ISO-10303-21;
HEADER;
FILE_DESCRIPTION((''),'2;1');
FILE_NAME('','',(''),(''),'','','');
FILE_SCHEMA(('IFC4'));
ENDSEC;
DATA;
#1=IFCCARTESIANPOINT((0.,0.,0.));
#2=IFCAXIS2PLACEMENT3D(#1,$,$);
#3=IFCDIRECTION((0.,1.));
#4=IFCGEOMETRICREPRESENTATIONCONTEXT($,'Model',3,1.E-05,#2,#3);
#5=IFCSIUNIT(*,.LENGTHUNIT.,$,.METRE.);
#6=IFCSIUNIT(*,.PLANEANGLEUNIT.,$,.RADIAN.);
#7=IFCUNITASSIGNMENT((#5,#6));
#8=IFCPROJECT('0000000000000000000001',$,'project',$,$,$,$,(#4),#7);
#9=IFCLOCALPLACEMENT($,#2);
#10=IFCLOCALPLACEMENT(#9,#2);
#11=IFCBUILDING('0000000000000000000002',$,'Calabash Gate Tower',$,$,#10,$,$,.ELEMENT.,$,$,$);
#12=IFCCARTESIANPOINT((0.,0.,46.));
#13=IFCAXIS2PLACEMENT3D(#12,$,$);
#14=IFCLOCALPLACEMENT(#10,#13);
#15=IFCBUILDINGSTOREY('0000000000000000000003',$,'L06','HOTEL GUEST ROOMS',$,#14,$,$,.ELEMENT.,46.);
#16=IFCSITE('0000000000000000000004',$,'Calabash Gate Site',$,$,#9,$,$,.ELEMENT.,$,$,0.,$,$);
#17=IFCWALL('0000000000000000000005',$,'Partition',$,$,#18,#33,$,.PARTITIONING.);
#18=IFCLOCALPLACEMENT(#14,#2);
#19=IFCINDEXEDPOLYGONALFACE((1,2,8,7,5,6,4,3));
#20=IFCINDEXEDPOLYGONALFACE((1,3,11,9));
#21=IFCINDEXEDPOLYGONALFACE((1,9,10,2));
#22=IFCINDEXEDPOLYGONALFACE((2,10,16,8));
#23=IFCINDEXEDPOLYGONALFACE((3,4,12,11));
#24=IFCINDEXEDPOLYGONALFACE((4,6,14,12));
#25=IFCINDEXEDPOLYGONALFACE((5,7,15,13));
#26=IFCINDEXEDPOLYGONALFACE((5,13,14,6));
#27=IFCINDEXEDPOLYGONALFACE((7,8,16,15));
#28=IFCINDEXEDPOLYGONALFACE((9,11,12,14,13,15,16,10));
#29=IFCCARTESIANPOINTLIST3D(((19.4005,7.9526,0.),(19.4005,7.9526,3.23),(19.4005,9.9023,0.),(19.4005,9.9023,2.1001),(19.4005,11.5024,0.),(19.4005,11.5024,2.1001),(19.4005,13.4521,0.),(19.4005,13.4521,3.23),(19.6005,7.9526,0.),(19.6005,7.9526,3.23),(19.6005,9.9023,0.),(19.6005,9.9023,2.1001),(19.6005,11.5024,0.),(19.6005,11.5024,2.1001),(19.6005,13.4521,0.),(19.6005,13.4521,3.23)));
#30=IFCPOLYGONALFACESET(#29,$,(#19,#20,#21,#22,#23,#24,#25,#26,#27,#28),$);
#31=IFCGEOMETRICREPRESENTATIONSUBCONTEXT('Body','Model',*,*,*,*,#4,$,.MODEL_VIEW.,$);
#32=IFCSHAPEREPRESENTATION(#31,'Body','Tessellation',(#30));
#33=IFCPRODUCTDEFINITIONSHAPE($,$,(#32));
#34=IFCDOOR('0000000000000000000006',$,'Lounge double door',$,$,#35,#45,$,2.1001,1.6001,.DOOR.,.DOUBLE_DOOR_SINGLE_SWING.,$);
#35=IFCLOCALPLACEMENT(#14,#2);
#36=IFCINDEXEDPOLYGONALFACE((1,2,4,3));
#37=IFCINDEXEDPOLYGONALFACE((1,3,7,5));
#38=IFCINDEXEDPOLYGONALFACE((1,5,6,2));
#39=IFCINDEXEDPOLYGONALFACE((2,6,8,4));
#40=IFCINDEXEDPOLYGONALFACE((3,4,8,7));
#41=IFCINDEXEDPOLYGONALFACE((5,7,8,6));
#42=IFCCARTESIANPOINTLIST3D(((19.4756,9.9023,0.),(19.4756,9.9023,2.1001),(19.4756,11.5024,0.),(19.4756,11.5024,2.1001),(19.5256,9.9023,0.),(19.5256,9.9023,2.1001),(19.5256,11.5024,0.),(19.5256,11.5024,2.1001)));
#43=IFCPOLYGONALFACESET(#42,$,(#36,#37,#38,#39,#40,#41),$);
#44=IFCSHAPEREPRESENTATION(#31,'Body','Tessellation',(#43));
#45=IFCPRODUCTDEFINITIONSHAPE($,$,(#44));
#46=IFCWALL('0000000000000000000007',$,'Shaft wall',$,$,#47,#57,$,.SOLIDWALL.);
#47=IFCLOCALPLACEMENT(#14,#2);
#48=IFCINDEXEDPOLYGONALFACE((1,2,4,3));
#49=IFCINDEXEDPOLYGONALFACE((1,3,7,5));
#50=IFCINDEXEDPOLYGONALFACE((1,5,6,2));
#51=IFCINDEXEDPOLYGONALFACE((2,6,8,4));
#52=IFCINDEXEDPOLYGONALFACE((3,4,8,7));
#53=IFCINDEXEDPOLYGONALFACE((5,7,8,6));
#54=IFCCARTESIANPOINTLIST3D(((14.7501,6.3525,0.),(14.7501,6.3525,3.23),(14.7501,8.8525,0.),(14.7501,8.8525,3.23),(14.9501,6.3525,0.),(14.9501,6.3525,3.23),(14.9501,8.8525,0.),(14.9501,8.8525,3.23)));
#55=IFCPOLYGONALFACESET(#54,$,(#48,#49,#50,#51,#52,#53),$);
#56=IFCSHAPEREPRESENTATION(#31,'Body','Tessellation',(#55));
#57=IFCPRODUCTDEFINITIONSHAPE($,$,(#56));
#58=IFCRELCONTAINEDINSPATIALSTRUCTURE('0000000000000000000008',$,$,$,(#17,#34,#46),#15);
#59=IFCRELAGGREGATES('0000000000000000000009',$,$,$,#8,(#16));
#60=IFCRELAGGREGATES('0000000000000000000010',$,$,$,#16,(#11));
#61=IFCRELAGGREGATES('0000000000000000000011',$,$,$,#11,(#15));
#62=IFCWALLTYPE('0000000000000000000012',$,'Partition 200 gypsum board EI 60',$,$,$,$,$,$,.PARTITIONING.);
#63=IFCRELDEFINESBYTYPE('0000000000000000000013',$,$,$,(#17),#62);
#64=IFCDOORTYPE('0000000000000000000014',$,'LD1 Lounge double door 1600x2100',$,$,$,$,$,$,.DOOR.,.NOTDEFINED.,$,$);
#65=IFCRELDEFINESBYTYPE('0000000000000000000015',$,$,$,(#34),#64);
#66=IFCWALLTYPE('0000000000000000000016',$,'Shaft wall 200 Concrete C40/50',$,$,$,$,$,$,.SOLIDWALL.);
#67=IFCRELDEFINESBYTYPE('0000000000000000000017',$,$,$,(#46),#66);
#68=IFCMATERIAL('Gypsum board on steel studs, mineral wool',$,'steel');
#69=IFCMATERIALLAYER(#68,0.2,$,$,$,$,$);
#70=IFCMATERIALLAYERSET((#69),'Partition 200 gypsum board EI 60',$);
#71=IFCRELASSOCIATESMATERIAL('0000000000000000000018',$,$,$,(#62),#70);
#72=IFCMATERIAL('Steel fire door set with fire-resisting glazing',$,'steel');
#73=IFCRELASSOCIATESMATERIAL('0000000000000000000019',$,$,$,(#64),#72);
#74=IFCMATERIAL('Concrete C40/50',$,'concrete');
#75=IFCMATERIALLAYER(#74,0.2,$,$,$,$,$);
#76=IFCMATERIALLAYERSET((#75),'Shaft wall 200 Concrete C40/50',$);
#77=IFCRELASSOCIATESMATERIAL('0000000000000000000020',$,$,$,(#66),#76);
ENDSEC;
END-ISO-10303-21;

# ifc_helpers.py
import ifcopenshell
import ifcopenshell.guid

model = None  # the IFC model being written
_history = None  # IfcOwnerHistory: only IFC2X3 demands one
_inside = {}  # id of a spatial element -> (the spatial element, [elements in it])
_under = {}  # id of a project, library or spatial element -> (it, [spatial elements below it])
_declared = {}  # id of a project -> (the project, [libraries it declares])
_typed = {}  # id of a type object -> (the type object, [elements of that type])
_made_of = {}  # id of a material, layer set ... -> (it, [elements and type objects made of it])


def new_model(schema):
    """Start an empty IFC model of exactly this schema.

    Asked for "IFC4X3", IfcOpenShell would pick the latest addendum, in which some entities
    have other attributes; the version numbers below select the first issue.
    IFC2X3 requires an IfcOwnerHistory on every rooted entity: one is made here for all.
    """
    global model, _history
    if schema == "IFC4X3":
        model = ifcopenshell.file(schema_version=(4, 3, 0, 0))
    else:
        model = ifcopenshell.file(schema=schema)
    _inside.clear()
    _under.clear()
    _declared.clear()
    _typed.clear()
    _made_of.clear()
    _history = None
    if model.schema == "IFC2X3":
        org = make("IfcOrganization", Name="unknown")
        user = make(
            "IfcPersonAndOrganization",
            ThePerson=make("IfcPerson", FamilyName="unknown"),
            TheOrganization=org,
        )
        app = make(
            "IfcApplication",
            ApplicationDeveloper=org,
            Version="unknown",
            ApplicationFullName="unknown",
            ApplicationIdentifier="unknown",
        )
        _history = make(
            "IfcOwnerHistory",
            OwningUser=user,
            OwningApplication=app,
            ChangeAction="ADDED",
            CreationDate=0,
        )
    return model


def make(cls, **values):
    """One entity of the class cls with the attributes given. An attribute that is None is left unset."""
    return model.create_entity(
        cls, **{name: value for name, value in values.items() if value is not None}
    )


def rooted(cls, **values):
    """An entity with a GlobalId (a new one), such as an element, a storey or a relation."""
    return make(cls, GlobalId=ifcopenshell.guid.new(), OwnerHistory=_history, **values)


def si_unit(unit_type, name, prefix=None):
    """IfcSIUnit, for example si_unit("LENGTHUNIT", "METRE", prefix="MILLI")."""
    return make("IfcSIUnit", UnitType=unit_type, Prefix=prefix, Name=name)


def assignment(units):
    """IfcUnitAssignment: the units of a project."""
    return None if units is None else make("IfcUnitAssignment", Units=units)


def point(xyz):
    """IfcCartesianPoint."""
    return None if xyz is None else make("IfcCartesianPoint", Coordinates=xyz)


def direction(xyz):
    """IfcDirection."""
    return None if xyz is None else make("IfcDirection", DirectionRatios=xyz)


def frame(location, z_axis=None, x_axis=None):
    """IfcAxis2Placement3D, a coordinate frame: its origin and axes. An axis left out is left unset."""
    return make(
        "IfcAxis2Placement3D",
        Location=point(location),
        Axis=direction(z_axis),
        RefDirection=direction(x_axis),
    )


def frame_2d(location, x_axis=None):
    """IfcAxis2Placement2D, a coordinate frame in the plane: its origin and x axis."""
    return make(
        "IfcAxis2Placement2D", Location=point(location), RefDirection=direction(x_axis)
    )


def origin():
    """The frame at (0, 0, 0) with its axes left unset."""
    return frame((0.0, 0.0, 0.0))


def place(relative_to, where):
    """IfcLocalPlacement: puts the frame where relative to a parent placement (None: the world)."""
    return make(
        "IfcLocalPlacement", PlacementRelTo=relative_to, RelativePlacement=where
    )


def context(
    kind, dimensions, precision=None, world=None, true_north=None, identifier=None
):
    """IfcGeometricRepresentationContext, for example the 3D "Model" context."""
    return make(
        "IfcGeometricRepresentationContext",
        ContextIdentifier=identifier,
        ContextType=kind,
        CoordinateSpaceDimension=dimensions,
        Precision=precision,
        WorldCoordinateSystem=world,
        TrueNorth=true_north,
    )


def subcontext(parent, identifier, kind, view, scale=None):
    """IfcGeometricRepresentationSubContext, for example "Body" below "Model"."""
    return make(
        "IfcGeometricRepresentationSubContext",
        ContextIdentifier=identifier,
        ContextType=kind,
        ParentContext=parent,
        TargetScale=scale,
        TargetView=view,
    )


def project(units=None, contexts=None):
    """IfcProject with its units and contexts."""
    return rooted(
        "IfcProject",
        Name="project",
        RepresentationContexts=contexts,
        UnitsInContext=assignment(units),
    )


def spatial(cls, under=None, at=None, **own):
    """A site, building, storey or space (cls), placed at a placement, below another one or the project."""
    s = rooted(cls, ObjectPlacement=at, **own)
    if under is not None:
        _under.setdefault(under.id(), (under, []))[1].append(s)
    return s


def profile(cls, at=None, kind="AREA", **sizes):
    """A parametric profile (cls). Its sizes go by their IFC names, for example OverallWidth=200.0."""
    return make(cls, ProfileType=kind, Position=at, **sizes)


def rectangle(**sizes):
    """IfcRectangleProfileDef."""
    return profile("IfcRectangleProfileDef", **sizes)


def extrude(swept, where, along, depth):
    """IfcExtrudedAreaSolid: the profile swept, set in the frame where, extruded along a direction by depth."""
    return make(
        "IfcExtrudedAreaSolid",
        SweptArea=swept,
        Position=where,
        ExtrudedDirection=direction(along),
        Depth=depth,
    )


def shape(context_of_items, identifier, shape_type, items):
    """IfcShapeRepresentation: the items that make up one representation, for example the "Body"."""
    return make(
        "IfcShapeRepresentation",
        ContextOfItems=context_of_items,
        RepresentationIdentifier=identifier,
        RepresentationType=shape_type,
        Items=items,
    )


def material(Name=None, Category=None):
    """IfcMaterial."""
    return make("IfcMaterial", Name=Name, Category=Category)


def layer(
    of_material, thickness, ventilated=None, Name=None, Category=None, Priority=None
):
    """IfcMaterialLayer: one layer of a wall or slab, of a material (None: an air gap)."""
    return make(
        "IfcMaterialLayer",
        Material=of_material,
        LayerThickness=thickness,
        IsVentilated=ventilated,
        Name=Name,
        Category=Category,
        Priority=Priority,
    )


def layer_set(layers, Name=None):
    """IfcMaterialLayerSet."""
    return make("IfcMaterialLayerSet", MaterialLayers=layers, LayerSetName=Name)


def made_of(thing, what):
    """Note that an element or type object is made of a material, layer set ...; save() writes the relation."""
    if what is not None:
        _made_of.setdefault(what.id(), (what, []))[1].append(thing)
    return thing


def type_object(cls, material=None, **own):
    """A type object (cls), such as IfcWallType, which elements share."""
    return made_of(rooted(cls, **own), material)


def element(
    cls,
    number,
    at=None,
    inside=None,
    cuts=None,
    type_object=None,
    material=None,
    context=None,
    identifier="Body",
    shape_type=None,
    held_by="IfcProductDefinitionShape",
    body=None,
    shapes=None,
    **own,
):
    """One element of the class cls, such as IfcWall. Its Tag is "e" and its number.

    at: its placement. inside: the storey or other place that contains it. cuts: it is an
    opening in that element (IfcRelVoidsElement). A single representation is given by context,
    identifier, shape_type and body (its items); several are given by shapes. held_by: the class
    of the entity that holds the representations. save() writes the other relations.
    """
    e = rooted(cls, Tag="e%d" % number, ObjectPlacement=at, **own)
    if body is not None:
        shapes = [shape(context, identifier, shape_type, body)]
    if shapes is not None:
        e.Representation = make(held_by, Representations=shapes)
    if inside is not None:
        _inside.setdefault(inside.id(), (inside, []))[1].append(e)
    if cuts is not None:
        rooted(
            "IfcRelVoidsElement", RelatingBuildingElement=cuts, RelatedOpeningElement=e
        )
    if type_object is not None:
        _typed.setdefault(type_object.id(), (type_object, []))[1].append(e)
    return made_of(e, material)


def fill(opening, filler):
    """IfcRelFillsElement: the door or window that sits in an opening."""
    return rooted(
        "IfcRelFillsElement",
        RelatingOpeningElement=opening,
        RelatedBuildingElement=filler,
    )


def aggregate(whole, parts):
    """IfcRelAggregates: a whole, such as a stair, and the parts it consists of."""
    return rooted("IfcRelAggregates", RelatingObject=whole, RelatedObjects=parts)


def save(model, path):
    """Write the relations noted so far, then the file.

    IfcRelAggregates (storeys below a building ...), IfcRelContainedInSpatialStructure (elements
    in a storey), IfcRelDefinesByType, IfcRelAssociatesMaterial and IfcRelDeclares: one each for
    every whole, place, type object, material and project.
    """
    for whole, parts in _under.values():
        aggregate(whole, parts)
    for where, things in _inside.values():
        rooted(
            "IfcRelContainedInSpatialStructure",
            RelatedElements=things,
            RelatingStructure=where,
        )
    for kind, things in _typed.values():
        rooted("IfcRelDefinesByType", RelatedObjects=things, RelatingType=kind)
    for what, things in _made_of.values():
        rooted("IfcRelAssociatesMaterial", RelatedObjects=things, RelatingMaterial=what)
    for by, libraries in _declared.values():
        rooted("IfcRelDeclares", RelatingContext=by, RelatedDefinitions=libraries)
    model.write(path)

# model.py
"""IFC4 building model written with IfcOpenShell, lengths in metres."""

from ifc_helpers import new_model, si_unit, direction, frame, frame_2d, origin, place, context, subcontext, project, spatial, rectangle, extrude, material, layer, layer_set, type_object, element, fill, save


model = new_model("IFC4")

# Units and contexts
model_context = context("Model", 3, precision=1e-05, world=origin(), true_north=direction((0.0, 1.0)))
body_context = subcontext(model_context, "Body", "Model", "MODEL_VIEW")
ifc_project = project(units=[si_unit("LENGTHUNIT", "METRE"), si_unit("PLANEANGLEUNIT", "RADIAN")], contexts=[model_context])

# Site, building, storey
site_placement = place(None, origin())
site = spatial("IfcSite", under=ifc_project, at=site_placement, Name="Calabash Gate Site", CompositionType="ELEMENT", RefElevation=0.0)
building_placement = place(site_placement, origin())
building = spatial("IfcBuilding", under=site, at=building_placement, Name="Calabash Gate Tower", CompositionType="ELEMENT")
storey_placement = place(building_placement, frame((0.0, 0.0, 46.0)))
storey = spatial("IfcBuildingStorey", under=building, at=storey_placement, Name="L06", Description="HOTEL GUEST ROOMS", CompositionType="ELEMENT", Elevation=46.0)

# Shared definitions
ifc_material_1 = material(Name="Gypsum board on steel studs, mineral wool", Category="steel")
ifc_layer_1 = layer(ifc_material_1, 0.2)
ifc_layer_set_1 = layer_set([ifc_layer_1], Name="Partition 200 gypsum board EI 60")
wall_type_1 = type_object("IfcWallType", Name="Partition 200 gypsum board EI 60", PredefinedType="PARTITIONING", material=ifc_layer_set_1)

# Wall, opening, door
wall_1_placement = place(storey_placement, frame((19.5005, 7.9526, 0.0), z_axis=(0.0, 0.0, 1.0), x_axis=(0.0, 1.0, 0.0)))
wall_1 = element("IfcWall", 1, at=wall_1_placement, inside=storey, type_object=wall_type_1, Name="Partition", PredefinedType="PARTITIONING", context=body_context, shape_type="SweptSolid", body=[
    extrude(rectangle(XDim=5.4995, YDim=0.2, at=frame_2d((2.7498, 0.0))), origin(), (0.0, 0.0, 1.0), 3.23),
])
opening_1_placement = place(wall_1_placement, frame((1.9497, 0.0, 0.0)))
opening_1 = element("IfcOpeningElement", 2, at=opening_1_placement, cuts=wall_1, PredefinedType="OPENING", context=body_context, shape_type="SweptSolid", body=[
    extrude(rectangle(XDim=1.6001, YDim=2.1001, at=frame_2d((0.8, 1.05))), frame((0.0, 0.1099, 0.0), z_axis=(0.0, -1.0, 0.0), x_axis=(1.0, 0.0, 0.0)), (0.0, 0.0, 1.0), 0.22),
])
ifc_material_2 = material(Name="Steel fire door set with fire-resisting glazing", Category="steel")
door_type_1 = type_object("IfcDoorType", Name="LD1 Lounge double door 1600x2100", OperationType="NOTDEFINED", PredefinedType="DOOR", material=ifc_material_2)
door_1_placement = place(opening_1_placement, origin())
door_1 = element("IfcDoor", 3, at=door_1_placement, inside=storey, type_object=door_type_1, Name="Lounge double door", OperationType="DOUBLE_DOOR_SINGLE_SWING", OverallHeight=2.1001, OverallWidth=1.6001, PredefinedType="DOOR", context=body_context, shape_type="SweptSolid", body=[
    extrude(rectangle(XDim=1.6001, YDim=2.1001, at=frame_2d((0.8, 1.05))), frame((0.0, 0.0249, 0.0), z_axis=(0.0, -1.0, 0.0), x_axis=(1.0, 0.0, 0.0)), (0.0, 0.0, 1.0), 0.05),
])
fill(opening_1, door_1)

# Wall
ifc_material_3 = material(Name="Concrete C40/50", Category="concrete")
ifc_layer_2 = layer(ifc_material_3, 0.2)
ifc_layer_set_2 = layer_set([ifc_layer_2], Name="Shaft wall 200 Concrete C40/50")
wall_type_2 = type_object("IfcWallType", Name="Shaft wall 200 Concrete C40/50", PredefinedType="SOLIDWALL", material=ifc_layer_set_2)
wall_2_placement = place(storey_placement, frame((14.8501, 6.3525, 0.0), z_axis=(0.0, 0.0, 1.0), x_axis=(0.0, 1.0, 0.0)))
element("IfcWall", 4, at=wall_2_placement, inside=storey, type_object=wall_type_2, Name="Shaft wall", PredefinedType="SOLIDWALL", context=body_context, shape_type="SweptSolid", body=[
    extrude(rectangle(XDim=2.5, YDim=0.2, at=frame_2d((1.25, 0.0))), origin(), (0.0, 0.0, 1.0), 3.23),
])

save(model, "model.ifc")
